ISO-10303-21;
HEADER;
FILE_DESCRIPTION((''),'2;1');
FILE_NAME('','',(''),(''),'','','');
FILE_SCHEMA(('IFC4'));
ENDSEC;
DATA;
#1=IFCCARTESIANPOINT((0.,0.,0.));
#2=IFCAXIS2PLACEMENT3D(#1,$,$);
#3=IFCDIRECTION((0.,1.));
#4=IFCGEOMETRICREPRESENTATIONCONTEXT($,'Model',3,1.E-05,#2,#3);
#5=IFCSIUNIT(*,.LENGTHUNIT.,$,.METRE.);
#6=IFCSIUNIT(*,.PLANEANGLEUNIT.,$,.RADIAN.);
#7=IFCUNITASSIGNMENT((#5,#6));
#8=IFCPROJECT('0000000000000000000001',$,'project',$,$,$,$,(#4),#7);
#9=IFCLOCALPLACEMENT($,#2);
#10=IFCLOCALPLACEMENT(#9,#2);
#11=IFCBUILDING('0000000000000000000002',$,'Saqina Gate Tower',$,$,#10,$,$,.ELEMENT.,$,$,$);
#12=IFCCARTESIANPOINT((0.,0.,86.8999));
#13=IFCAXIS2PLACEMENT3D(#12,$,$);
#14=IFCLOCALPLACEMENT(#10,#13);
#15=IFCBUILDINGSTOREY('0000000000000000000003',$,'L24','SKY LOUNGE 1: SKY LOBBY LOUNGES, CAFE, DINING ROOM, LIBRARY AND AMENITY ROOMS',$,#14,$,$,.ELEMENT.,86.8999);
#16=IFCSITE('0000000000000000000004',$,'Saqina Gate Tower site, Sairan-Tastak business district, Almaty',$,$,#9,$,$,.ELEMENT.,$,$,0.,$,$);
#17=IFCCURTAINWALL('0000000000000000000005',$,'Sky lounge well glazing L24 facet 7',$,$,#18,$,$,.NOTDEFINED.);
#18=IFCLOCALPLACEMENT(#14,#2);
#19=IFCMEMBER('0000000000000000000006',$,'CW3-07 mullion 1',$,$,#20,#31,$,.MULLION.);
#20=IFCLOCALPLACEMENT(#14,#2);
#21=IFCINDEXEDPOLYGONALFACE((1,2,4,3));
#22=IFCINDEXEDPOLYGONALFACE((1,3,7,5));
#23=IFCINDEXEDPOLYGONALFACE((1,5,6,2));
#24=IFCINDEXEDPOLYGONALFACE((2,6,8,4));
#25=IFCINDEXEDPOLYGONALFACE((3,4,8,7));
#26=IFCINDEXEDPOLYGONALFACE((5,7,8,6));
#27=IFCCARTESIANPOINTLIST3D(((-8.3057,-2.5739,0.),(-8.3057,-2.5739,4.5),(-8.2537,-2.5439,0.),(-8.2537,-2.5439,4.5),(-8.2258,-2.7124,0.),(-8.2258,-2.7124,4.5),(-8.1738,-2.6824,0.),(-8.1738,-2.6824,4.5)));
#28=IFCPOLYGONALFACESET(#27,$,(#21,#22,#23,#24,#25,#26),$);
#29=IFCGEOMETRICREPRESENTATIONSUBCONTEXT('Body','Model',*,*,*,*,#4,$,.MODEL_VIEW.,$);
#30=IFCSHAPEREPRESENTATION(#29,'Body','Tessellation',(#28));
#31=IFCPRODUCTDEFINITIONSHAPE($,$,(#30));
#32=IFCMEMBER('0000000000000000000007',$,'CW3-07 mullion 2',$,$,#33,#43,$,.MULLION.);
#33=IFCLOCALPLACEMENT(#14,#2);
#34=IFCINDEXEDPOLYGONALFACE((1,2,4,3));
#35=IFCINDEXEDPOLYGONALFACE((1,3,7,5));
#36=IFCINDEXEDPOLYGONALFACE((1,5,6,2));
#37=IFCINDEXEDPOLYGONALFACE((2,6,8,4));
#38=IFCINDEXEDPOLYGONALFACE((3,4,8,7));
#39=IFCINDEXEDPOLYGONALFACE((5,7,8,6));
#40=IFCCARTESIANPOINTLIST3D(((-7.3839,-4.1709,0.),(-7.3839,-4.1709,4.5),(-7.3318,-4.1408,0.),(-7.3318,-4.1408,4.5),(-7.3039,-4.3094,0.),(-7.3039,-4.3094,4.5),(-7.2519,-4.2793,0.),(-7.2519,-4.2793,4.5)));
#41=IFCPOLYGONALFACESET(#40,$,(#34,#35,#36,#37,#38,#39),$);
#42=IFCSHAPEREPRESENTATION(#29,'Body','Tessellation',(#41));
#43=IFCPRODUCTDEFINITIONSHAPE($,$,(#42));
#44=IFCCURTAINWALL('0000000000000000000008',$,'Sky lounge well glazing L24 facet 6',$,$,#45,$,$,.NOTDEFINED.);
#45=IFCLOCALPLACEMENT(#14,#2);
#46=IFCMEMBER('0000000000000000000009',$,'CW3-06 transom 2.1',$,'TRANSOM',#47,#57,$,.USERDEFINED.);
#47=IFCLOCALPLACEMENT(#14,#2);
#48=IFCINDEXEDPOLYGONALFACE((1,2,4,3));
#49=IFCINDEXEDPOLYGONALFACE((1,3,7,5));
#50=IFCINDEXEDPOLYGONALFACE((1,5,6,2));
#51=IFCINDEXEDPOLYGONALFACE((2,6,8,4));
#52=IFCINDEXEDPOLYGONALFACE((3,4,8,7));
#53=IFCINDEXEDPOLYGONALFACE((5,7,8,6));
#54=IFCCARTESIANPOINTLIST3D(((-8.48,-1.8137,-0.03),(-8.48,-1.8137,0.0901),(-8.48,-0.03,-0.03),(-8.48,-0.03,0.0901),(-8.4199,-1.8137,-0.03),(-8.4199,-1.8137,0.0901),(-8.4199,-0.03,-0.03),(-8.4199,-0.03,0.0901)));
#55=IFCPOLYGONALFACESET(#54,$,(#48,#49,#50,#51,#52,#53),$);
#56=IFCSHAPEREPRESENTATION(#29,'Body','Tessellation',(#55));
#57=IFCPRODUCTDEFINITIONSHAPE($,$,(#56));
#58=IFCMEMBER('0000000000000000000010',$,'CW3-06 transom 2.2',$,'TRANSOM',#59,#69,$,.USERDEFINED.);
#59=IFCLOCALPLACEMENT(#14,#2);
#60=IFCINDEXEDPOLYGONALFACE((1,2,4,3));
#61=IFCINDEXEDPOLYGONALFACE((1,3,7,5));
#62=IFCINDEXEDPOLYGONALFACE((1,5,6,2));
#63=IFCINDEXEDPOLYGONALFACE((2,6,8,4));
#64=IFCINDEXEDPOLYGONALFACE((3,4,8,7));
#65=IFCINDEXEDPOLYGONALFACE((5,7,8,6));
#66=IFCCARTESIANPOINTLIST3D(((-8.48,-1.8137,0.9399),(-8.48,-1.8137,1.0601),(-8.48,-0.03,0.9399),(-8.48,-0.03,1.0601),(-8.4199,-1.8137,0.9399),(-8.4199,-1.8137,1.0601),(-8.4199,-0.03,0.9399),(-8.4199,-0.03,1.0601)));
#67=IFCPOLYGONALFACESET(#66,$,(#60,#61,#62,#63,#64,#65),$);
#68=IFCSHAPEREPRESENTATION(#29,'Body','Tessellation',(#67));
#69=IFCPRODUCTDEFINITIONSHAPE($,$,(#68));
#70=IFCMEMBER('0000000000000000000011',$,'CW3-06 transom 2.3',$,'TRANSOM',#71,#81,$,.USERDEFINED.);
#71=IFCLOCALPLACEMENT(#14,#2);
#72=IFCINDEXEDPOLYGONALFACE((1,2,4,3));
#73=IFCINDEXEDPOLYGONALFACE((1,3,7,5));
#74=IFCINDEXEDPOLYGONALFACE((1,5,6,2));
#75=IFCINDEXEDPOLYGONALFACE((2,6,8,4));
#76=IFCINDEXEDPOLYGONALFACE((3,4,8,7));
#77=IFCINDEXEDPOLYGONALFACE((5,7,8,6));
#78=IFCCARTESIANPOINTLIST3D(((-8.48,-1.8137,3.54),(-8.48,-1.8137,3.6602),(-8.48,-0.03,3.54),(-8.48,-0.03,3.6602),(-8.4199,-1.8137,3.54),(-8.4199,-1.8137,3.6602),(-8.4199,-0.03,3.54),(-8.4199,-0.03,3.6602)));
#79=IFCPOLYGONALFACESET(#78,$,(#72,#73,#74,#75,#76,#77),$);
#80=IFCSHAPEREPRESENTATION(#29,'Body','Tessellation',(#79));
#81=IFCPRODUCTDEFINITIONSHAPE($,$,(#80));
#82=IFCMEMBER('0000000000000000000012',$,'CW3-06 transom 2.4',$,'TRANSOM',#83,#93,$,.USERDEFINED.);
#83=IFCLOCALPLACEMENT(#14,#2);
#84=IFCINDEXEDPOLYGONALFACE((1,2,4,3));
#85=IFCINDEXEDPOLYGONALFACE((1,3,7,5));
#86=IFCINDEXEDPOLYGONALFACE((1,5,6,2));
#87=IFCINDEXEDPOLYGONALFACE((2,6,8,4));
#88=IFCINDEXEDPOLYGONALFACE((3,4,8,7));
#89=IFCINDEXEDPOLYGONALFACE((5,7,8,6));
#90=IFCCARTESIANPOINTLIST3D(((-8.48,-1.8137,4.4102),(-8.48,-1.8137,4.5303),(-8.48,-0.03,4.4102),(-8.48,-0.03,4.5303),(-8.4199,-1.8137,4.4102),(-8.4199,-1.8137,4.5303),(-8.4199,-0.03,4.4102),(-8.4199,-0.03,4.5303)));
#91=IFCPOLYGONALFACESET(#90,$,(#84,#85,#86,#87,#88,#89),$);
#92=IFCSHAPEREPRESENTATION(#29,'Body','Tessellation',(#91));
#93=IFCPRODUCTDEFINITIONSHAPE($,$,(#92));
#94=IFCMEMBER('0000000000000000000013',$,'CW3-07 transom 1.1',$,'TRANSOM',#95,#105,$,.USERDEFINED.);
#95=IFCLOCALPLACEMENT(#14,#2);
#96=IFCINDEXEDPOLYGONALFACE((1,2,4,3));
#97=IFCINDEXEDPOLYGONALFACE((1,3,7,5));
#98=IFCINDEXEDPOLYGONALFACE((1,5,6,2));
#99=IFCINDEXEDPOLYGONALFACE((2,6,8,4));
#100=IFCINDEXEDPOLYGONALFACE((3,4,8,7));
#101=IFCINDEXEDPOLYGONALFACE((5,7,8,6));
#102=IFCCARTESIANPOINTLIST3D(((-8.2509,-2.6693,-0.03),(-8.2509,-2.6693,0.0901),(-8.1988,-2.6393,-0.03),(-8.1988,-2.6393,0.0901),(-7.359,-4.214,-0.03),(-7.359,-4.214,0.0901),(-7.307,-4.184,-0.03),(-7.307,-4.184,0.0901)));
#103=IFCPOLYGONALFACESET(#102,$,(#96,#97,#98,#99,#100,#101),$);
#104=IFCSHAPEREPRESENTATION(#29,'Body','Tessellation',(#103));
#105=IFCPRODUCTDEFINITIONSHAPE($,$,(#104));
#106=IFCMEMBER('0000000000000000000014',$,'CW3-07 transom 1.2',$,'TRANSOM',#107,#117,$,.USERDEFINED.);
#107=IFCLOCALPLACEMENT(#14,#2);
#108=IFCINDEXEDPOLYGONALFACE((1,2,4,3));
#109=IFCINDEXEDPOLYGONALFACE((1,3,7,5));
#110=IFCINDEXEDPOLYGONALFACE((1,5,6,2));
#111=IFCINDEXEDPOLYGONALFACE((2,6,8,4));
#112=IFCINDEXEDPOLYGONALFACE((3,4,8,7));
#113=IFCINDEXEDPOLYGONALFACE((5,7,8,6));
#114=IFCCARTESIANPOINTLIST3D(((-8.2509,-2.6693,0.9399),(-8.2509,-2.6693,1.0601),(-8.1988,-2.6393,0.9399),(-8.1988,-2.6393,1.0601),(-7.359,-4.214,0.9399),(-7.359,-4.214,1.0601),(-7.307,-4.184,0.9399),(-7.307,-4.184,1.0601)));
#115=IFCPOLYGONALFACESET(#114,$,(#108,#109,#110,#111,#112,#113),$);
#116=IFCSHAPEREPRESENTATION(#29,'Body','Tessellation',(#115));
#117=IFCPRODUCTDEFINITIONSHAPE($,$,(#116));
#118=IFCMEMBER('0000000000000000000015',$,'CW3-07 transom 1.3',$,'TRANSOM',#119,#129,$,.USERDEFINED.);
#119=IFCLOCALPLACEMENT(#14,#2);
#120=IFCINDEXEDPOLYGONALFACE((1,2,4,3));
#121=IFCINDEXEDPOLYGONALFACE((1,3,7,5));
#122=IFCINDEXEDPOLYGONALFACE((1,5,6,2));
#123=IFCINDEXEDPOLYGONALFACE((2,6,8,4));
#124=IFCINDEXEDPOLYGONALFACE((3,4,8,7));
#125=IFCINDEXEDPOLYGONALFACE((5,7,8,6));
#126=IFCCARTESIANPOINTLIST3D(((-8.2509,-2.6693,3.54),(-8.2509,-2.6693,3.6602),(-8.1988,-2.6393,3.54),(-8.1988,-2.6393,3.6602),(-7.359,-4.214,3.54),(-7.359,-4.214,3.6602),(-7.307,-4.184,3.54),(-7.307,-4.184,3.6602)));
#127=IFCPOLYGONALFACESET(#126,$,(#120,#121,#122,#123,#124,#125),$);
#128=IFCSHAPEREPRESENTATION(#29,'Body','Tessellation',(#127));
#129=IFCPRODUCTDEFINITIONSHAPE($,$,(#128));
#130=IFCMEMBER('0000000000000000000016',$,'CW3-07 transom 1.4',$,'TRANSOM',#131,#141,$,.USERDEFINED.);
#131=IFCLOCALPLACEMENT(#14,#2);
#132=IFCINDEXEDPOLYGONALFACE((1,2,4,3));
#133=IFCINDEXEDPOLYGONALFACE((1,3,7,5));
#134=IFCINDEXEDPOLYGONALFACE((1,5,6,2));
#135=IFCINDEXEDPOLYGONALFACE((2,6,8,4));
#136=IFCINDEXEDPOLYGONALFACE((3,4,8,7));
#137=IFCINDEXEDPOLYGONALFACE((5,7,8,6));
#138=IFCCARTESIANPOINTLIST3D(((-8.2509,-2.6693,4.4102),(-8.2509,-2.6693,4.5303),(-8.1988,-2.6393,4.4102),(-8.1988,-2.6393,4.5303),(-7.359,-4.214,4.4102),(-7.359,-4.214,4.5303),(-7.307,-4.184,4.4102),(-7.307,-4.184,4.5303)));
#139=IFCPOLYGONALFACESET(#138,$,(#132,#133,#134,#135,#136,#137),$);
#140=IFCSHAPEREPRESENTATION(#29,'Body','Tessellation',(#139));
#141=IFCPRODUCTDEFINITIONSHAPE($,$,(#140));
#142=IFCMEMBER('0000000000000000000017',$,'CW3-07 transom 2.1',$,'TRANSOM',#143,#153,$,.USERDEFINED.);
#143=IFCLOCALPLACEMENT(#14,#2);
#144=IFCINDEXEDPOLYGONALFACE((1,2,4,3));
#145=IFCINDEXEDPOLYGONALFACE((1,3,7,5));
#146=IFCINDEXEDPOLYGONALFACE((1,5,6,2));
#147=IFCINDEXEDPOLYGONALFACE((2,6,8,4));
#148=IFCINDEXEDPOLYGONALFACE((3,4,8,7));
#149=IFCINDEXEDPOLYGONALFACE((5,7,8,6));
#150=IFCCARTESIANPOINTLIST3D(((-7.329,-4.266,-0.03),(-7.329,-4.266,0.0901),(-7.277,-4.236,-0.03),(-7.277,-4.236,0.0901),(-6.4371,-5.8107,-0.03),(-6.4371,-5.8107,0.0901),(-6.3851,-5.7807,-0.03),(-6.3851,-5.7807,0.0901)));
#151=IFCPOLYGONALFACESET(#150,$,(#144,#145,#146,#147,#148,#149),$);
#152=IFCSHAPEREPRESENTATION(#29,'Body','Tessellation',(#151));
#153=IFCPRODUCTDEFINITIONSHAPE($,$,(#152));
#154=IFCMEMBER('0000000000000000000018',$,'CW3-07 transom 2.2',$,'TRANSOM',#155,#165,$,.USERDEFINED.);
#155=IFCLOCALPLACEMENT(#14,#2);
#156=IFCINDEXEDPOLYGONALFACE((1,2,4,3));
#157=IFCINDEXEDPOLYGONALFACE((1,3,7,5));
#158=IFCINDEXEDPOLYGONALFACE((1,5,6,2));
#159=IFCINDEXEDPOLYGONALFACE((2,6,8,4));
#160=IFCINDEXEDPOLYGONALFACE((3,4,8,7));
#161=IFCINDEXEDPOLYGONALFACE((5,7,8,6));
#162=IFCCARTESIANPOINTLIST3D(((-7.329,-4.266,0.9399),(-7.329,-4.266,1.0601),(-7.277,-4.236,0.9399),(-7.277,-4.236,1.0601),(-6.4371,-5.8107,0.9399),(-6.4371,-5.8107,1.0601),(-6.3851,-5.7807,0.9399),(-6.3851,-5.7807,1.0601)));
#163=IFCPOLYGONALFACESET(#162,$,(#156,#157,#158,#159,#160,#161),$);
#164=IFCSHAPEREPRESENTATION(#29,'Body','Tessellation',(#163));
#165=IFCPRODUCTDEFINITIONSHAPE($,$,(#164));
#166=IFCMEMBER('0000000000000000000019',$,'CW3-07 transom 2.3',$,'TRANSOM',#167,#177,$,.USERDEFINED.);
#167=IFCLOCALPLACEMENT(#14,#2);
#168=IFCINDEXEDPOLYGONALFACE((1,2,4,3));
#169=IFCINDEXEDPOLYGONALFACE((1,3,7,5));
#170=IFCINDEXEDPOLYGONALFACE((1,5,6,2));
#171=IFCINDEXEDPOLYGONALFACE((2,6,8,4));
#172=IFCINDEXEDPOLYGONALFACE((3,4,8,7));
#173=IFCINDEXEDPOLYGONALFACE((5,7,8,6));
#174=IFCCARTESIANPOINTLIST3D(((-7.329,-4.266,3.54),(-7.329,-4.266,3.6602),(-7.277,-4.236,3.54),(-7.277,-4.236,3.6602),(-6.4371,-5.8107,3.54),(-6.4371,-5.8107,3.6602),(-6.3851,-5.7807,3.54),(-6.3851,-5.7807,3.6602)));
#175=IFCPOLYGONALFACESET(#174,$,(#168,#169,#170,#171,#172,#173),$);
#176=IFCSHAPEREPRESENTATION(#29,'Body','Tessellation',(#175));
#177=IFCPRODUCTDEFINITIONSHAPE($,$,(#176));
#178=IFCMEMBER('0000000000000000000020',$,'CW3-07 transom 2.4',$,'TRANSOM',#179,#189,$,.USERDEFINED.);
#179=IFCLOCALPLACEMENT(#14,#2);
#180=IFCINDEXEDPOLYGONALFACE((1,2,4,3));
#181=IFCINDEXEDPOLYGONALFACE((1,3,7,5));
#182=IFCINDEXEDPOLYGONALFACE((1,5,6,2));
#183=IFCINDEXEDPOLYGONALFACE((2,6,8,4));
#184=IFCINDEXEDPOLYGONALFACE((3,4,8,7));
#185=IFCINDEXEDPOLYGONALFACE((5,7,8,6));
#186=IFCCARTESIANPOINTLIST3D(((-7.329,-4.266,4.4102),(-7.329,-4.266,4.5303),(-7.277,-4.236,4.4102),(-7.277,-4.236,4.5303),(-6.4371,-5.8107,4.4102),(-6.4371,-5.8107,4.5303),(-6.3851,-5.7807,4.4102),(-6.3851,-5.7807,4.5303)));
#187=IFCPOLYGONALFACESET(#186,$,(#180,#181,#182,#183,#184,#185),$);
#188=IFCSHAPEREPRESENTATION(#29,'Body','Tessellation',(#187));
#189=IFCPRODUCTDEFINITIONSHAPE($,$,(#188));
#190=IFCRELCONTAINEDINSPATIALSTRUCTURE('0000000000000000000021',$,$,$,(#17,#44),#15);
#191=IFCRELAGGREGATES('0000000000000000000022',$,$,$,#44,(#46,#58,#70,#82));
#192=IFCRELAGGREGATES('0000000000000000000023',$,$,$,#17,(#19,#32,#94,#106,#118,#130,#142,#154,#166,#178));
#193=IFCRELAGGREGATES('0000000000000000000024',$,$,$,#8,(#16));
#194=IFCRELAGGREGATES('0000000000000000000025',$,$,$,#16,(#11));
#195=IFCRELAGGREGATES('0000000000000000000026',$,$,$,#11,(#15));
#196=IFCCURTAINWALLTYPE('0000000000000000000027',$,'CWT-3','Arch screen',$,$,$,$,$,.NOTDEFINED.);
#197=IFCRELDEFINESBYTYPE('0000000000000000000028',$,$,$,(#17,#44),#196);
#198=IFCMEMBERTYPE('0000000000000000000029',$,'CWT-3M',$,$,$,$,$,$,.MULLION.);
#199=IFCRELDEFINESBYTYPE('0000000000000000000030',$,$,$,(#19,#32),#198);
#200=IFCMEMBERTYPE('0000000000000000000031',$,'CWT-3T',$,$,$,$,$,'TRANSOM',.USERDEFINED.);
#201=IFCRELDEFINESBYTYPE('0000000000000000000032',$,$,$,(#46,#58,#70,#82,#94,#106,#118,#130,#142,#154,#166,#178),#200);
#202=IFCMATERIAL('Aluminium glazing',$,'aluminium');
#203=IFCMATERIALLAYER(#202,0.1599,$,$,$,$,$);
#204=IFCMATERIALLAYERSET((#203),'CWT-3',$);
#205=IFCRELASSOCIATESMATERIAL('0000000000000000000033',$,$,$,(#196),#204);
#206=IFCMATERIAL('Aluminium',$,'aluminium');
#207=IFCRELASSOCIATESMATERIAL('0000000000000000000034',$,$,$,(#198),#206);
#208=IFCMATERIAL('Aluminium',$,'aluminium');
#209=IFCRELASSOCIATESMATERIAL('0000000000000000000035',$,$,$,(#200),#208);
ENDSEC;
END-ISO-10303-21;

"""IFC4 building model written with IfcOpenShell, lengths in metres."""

from ifc_helpers import new_model, si_unit, direction, frame, origin, origin_2d, place, context, subcontext, project, spatial, rectangle, extrude, material, layer, layer_set, material_profile, profile_set, type_object, element, aggregate, save


model = new_model("IFC4")

# Units and contexts
model_context = context("Model", 3, precision=1e-05, world=origin(), true_north=direction((0.0, 1.0)))
body_context = subcontext(model_context, "Body", "Model", "MODEL_VIEW")
ifc_project = project(units=[si_unit("LENGTHUNIT", "METRE"), si_unit("PLANEANGLEUNIT", "RADIAN")], contexts=[model_context])

# Site, building, storey
site_placement = place(None, origin())
site = spatial("IfcSite", under=ifc_project, at=site_placement, Name="Saqina Gate Tower site, Sairan-Tastak business district, Almaty", CompositionType="ELEMENT", RefElevation=0.0)
building_placement = place(site_placement, origin())
building = spatial("IfcBuilding", under=site, at=building_placement, Name="Saqina Gate Tower", CompositionType="ELEMENT")
storey_placement = place(building_placement, frame((0.0, 0.0, 86.8999)))
storey = spatial("IfcBuildingStorey", under=building, at=storey_placement, Name="L24", Description="SKY LOUNGE 1: SKY LOBBY LOUNGES, CAFE, DINING ROOM, LIBRARY AND AMENITY ROOMS", CompositionType="ELEMENT", Elevation=86.8999)

# Curtain walls, members
ifc_material_1 = material(Name="Aluminium glazing", Category="aluminium")
ifc_layer_1 = layer(ifc_material_1, 0.1599)
ifc_layer_set_1 = layer_set([ifc_layer_1], Name="CWT-3")
curtain_wall_type = type_object("IfcCurtainWallType", Name="CWT-3", Description="Arch screen", PredefinedType="NOTDEFINED", material=ifc_layer_set_1)
curtain_wall_1_placement = place(storey_placement, origin())
curtain_wall_1 = element("IfcCurtainWall", 1, at=curtain_wall_1_placement, inside=storey, type_object=curtain_wall_type, Name="Sky lounge well glazing L24 facet 7", PredefinedType="NOTDEFINED")
ifc_material_2 = material(Name="Aluminium", Category="aluminium")
ifc_material_profile_1 = material_profile(ifc_material_2, rectangle(XDim=0.0601, YDim=0.1599, at=origin_2d()), Name="Aluminium 60x160")
ifc_profile_set_1 = profile_set([ifc_material_profile_1], Name="Aluminium")
member_type_1 = type_object("IfcMemberType", Name="CWT-3M", PredefinedType="MULLION", material=ifc_profile_set_1)
member_1_placement = place(storey_placement, frame((-8.2397, -2.6282, 0.0), z_axis=(0.0, 0.0, 1.0), x_axis=(0.866029, 0.499993, 0.0)))
member_1 = element("IfcMember", 2, at=member_1_placement, type_object=member_type_1, Name="CW3-07 mullion 1", PredefinedType="MULLION", context=body_context, shape_type="SweptSolid", body=[
    extrude(rectangle(XDim=0.0601, YDim=0.1599, at=origin_2d()), origin(), (0.0, 0.0, 1.0), 4.5),
])
member_2_placement = place(storey_placement, frame((-7.3179, -4.2251, 0.0), z_axis=(0.0, 0.0, 1.0), x_axis=(0.866029, 0.499993, 0.0)))
member_2 = element("IfcMember", 3, at=member_2_placement, type_object=member_type_1, Name="CW3-07 mullion 2", PredefinedType="MULLION", context=body_context, shape_type="SweptSolid", body=[
    extrude(rectangle(XDim=0.0601, YDim=0.1599, at=origin_2d()), origin(), (0.0, 0.0, 1.0), 4.5),
])
curtain_wall_2_placement = place(storey_placement, origin())
curtain_wall_2 = element("IfcCurtainWall", 4, at=curtain_wall_2_placement, inside=storey, type_object=curtain_wall_type, Name="Sky lounge well glazing L24 facet 6", PredefinedType="NOTDEFINED")
ifc_material_3 = material(Name="Aluminium", Category="aluminium")
ifc_material_profile_2 = material_profile(ifc_material_3, rectangle(XDim=0.0601, YDim=0.1201, at=origin_2d()), Name="Aluminium 60x120")
ifc_profile_set_2 = profile_set([ifc_material_profile_2], Name="Aluminium")
member_type_2 = type_object("IfcMemberType", Name="CWT-3T", ElementType="TRANSOM", PredefinedType="USERDEFINED", material=ifc_profile_set_2)
member_3_placement = place(storey_placement, frame((-8.45, -0.03, 0.03), z_axis=(0.0, -1.0, 0.0), x_axis=(1.0, 0.0, 0.0)))
member_3 = element("IfcMember", 5, at=member_3_placement, type_object=member_type_2, Name="CW3-06 transom 2.1", ObjectType="TRANSOM", PredefinedType="USERDEFINED", context=body_context, shape_type="SweptSolid", body=[
    extrude(rectangle(XDim=0.0601, YDim=0.1201, at=origin_2d()), origin(), (0.0, 0.0, 1.0), 1.7837),
])
member_4_placement = place(storey_placement, frame((-8.45, -0.03, 1.0), z_axis=(0.0, -1.0, 0.0), x_axis=(1.0, 0.0, 0.0)))
member_4 = element("IfcMember", 6, at=member_4_placement, type_object=member_type_2, Name="CW3-06 transom 2.2", ObjectType="TRANSOM", PredefinedType="USERDEFINED", context=body_context, shape_type="SweptSolid", body=[
    extrude(rectangle(XDim=0.0601, YDim=0.1201, at=origin_2d()), origin(), (0.0, 0.0, 1.0), 1.7837),
])
member_5_placement = place(storey_placement, frame((-8.45, -0.03, 3.6001), z_axis=(0.0, -1.0, 0.0), x_axis=(1.0, 0.0, 0.0)))
member_5 = element("IfcMember", 7, at=member_5_placement, type_object=member_type_2, Name="CW3-06 transom 2.3", ObjectType="TRANSOM", PredefinedType="USERDEFINED", context=body_context, shape_type="SweptSolid", body=[
    extrude(rectangle(XDim=0.0601, YDim=0.1201, at=origin_2d()), origin(), (0.0, 0.0, 1.0), 1.7837),
])
member_6_placement = place(storey_placement, frame((-8.45, -0.03, 4.4702), z_axis=(0.0, -1.0, 0.0), x_axis=(1.0, 0.0, 0.0)))
member_6 = element("IfcMember", 8, at=member_6_placement, type_object=member_type_2, Name="CW3-06 transom 2.4", ObjectType="TRANSOM", PredefinedType="USERDEFINED", context=body_context, shape_type="SweptSolid", body=[
    extrude(rectangle(XDim=0.0601, YDim=0.1201, at=origin_2d()), origin(), (0.0, 0.0, 1.0), 1.7837),
])

# Members
member_7_placement = place(storey_placement, frame((-8.2249, -2.6543, 0.03), z_axis=(0.500011, -0.866019, 0.0), x_axis=(0.866019, 0.500011, 0.0)))
member_7 = element("IfcMember", 9, at=member_7_placement, type_object=member_type_2, Name="CW3-07 transom 1.1", ObjectType="TRANSOM", PredefinedType="USERDEFINED", context=body_context, shape_type="SweptSolid", body=[
    extrude(rectangle(XDim=0.0601, YDim=0.1201, at=origin_2d()), origin(), (0.0, 0.0, 1.0), 1.7837),
])
member_8_placement = place(storey_placement, frame((-8.2249, -2.6543, 1.0), z_axis=(0.500011, -0.866019, 0.0), x_axis=(0.866019, 0.500011, 0.0)))
member_8 = element("IfcMember", 10, at=member_8_placement, type_object=member_type_2, Name="CW3-07 transom 1.2", ObjectType="TRANSOM", PredefinedType="USERDEFINED", context=body_context, shape_type="SweptSolid", body=[
    extrude(rectangle(XDim=0.0601, YDim=0.1201, at=origin_2d()), origin(), (0.0, 0.0, 1.0), 1.7837),
])
member_9_placement = place(storey_placement, frame((-8.2249, -2.6543, 3.6001), z_axis=(0.500011, -0.866019, 0.0), x_axis=(0.866019, 0.500011, 0.0)))
member_9 = element("IfcMember", 11, at=member_9_placement, type_object=member_type_2, Name="CW3-07 transom 1.3", ObjectType="TRANSOM", PredefinedType="USERDEFINED", context=body_context, shape_type="SweptSolid", body=[
    extrude(rectangle(XDim=0.0601, YDim=0.1201, at=origin_2d()), origin(), (0.0, 0.0, 1.0), 1.7837),
])
member_10_placement = place(storey_placement, frame((-8.2249, -2.6543, 4.4702), z_axis=(0.500011, -0.866019, 0.0), x_axis=(0.866019, 0.500011, 0.0)))
member_10 = element("IfcMember", 12, at=member_10_placement, type_object=member_type_2, Name="CW3-07 transom 1.4", ObjectType="TRANSOM", PredefinedType="USERDEFINED", context=body_context, shape_type="SweptSolid", body=[
    extrude(rectangle(XDim=0.0601, YDim=0.1201, at=origin_2d()), origin(), (0.0, 0.0, 1.0), 1.7837),
])
member_11_placement = place(storey_placement, frame((-7.303, -4.251, 0.03), z_axis=(0.500011, -0.866019, 0.0), x_axis=(0.866019, 0.500011, 0.0)))
member_11 = element("IfcMember", 13, at=member_11_placement, type_object=member_type_2, Name="CW3-07 transom 2.1", ObjectType="TRANSOM", PredefinedType="USERDEFINED", context=body_context, shape_type="SweptSolid", body=[
    extrude(rectangle(XDim=0.0601, YDim=0.1201, at=origin_2d()), origin(), (0.0, 0.0, 1.0), 1.7837),
])
member_12_placement = place(storey_placement, frame((-7.303, -4.251, 1.0), z_axis=(0.500011, -0.866019, 0.0), x_axis=(0.866019, 0.500011, 0.0)))
member_12 = element("IfcMember", 14, at=member_12_placement, type_object=member_type_2, Name="CW3-07 transom 2.2", ObjectType="TRANSOM", PredefinedType="USERDEFINED", context=body_context, shape_type="SweptSolid", body=[
    extrude(rectangle(XDim=0.0601, YDim=0.1201, at=origin_2d()), origin(), (0.0, 0.0, 1.0), 1.7837),
])
member_13_placement = place(storey_placement, frame((-7.303, -4.251, 3.6001), z_axis=(0.500011, -0.866019, 0.0), x_axis=(0.866019, 0.500011, 0.0)))
member_13 = element("IfcMember", 15, at=member_13_placement, type_object=member_type_2, Name="CW3-07 transom 2.3", ObjectType="TRANSOM", PredefinedType="USERDEFINED", context=body_context, shape_type="SweptSolid", body=[
    extrude(rectangle(XDim=0.0601, YDim=0.1201, at=origin_2d()), origin(), (0.0, 0.0, 1.0), 1.7837),
])
member_14_placement = place(storey_placement, frame((-7.303, -4.251, 4.4702), z_axis=(0.500011, -0.866019, 0.0), x_axis=(0.866019, 0.500011, 0.0)))
member_14 = element("IfcMember", 16, at=member_14_placement, type_object=member_type_2, Name="CW3-07 transom 2.4", ObjectType="TRANSOM", PredefinedType="USERDEFINED", context=body_context, shape_type="SweptSolid", body=[
    extrude(rectangle(XDim=0.0601, YDim=0.1201, at=origin_2d()), origin(), (0.0, 0.0, 1.0), 1.7837),
])

aggregate(curtain_wall_2, [member_3, member_4, member_5, member_6])
aggregate(curtain_wall_1, [member_1, member_2, member_7, member_8, member_9, member_10, member_11, member_12, member_13, member_14])

save(model, "model.ifc")
